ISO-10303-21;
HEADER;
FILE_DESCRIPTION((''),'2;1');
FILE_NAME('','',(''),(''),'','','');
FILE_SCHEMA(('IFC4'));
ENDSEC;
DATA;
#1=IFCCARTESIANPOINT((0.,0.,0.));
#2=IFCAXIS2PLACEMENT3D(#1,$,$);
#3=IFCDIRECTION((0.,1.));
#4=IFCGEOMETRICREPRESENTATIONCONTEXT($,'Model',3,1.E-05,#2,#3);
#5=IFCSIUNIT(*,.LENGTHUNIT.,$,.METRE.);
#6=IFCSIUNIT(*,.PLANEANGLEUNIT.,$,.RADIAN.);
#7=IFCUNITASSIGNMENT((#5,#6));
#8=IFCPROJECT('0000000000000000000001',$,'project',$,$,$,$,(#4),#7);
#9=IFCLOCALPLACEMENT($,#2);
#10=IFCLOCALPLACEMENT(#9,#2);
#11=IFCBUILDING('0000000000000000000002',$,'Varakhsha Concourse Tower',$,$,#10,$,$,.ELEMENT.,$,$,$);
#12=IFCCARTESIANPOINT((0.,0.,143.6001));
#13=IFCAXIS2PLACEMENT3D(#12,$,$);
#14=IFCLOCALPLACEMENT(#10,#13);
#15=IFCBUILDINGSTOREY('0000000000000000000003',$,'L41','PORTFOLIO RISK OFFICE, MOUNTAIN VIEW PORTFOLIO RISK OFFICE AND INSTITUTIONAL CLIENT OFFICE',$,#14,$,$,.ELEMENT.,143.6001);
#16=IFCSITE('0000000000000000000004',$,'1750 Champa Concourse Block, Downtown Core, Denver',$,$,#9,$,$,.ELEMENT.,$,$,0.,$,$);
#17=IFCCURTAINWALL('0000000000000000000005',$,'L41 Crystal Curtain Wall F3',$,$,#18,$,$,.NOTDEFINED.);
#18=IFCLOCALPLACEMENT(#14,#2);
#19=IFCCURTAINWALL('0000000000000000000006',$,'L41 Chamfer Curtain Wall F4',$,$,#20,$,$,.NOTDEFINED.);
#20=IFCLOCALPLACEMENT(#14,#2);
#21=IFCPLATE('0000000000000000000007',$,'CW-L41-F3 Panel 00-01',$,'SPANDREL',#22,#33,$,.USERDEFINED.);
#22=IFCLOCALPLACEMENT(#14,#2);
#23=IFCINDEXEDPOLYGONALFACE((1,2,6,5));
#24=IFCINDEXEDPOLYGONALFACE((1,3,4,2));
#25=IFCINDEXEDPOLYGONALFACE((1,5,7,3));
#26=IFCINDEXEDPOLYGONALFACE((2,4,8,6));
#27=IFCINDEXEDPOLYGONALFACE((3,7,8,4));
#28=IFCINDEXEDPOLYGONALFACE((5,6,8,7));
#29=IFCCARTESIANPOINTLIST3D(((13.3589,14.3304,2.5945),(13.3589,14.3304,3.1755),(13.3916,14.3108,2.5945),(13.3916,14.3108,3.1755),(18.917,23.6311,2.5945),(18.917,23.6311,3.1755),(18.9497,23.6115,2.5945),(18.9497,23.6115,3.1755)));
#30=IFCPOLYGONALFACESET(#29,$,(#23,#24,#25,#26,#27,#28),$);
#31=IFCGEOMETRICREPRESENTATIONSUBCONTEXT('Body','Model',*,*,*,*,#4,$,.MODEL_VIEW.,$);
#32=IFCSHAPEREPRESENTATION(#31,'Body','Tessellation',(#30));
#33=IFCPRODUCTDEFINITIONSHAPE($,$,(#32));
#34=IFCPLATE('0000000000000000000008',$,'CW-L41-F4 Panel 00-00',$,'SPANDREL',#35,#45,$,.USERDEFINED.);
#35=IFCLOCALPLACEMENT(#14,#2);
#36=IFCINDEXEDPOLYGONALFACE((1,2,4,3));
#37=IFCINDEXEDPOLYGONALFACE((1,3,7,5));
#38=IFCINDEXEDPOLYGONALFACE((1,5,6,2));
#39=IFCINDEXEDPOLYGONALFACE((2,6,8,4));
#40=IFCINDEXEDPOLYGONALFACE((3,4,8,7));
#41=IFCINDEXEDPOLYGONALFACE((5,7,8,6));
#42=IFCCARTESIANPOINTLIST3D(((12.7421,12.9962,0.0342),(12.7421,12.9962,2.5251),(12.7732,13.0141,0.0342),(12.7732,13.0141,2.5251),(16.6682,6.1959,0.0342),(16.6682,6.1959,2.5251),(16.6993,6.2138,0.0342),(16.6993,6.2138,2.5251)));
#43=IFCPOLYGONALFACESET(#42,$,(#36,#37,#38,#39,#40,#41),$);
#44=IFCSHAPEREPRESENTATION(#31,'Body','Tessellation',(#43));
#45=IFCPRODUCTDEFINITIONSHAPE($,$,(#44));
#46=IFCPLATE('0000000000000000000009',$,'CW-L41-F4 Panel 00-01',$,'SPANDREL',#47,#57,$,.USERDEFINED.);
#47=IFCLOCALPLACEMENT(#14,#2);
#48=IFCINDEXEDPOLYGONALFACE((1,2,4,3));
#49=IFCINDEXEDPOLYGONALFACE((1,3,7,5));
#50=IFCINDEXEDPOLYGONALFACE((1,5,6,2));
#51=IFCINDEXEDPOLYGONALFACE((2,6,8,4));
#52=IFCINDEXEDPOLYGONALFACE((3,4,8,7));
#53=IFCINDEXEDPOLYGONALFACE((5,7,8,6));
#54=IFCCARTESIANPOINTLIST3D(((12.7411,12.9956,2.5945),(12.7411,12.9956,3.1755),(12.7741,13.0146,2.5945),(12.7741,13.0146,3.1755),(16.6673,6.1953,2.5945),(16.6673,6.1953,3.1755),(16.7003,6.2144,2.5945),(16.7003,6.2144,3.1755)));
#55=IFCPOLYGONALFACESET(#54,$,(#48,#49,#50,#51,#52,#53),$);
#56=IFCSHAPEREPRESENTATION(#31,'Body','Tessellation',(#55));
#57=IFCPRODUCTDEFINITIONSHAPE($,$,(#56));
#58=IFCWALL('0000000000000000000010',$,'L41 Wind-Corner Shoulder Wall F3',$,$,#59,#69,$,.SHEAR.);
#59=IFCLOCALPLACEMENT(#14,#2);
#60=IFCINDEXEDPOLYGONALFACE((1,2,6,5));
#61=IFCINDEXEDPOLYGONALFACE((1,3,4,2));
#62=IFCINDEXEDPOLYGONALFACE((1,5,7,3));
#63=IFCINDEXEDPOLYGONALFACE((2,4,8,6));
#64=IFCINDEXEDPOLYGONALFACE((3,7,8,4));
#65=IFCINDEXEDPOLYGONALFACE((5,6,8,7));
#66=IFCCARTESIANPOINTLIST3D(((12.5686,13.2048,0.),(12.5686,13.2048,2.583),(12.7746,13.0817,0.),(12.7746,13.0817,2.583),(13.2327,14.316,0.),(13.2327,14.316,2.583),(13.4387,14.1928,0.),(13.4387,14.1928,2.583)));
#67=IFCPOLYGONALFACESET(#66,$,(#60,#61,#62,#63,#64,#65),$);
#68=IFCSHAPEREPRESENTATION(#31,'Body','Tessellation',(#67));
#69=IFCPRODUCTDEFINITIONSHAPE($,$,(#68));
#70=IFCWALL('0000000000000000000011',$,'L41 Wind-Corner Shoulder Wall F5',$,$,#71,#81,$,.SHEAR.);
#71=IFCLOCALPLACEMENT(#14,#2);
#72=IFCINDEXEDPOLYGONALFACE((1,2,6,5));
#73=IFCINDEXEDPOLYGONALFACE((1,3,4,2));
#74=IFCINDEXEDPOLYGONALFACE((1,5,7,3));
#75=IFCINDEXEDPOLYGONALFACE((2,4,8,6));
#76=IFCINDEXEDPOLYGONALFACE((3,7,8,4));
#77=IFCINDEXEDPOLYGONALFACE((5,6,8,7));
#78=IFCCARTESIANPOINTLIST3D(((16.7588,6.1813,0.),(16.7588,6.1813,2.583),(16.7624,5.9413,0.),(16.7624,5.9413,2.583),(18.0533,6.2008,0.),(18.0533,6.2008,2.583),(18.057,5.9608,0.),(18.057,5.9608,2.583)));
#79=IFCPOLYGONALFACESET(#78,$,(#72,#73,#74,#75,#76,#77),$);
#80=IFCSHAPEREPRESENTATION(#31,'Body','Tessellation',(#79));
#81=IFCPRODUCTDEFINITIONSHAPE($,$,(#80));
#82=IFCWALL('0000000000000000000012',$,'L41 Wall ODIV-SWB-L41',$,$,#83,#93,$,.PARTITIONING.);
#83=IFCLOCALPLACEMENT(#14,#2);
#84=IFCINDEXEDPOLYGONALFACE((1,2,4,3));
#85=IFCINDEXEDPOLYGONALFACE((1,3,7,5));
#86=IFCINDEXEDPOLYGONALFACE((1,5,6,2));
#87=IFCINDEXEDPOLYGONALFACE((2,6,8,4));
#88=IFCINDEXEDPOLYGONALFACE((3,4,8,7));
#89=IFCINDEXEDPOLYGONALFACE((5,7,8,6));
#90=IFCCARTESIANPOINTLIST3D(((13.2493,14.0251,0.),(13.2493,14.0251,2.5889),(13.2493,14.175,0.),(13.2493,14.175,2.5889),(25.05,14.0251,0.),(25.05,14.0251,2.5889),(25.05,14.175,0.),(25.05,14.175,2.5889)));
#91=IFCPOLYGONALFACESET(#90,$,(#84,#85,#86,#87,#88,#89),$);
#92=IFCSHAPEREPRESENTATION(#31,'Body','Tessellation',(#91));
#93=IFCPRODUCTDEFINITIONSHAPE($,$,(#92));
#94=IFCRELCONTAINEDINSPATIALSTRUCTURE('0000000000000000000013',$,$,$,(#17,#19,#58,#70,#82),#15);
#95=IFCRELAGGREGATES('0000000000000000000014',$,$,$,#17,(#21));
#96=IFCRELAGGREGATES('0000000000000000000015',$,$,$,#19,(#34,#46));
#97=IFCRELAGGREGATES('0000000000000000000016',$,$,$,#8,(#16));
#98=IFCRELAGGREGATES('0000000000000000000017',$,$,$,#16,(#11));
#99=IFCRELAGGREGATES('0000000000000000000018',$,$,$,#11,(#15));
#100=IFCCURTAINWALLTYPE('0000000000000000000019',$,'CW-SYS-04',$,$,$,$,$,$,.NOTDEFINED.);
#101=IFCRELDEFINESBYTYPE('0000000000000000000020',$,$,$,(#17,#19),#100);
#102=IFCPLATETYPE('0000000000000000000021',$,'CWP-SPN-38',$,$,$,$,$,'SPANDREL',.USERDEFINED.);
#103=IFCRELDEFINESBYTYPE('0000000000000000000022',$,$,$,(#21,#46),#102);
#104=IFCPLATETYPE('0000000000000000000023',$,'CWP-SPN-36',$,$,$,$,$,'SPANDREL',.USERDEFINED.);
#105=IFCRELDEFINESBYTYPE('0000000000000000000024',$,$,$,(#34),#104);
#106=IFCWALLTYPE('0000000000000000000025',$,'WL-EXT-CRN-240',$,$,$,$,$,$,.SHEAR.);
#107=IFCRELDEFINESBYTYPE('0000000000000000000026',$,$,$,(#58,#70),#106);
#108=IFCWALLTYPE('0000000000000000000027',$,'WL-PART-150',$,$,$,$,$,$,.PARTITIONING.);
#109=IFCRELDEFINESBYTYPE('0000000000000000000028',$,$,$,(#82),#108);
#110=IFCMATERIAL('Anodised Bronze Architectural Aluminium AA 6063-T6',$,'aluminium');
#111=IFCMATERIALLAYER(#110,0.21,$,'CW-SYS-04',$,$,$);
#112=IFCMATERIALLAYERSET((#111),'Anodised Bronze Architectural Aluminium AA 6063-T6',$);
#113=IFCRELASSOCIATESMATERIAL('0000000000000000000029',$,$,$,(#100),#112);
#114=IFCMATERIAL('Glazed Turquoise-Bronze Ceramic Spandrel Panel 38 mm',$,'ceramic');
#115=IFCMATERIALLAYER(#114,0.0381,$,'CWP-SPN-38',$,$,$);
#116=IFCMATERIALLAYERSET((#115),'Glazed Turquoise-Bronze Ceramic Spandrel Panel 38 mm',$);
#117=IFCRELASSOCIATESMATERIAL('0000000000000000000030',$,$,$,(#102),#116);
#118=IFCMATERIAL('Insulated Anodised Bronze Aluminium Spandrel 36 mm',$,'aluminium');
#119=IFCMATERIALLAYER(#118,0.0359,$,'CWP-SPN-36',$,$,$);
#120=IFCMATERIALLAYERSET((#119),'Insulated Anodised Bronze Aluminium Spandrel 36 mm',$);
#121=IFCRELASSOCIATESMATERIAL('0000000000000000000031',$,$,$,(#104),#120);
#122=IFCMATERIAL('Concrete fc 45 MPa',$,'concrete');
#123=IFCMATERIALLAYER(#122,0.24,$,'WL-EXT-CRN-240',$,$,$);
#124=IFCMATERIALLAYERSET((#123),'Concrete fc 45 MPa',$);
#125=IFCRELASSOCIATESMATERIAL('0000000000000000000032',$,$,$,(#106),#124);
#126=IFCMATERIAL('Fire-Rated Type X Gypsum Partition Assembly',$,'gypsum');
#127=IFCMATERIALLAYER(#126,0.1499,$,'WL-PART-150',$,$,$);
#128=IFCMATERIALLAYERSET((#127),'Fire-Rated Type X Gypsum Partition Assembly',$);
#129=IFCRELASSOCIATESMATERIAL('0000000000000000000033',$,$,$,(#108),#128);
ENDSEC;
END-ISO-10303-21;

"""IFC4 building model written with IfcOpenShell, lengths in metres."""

from ifc_helpers import new_model, si_unit, direction, frame, frame_2d, origin, origin_2d, place, context, subcontext, project, spatial, rectangle, extrude, source, transform, mapped, material, layer, layer_set, type_object, type_shapes, element, aggregate, save


model = new_model("IFC4")

# Units and contexts
model_context = context("Model", 3, precision=1e-05, world=origin(), true_north=direction((0.0, 1.0)))
body_context = subcontext(model_context, "Body", "Model", "MODEL_VIEW")
ifc_project = project(units=[si_unit("LENGTHUNIT", "METRE"), si_unit("PLANEANGLEUNIT", "RADIAN")], contexts=[model_context])

# Site, building, storey
site_placement = place(None, origin())
site = spatial("IfcSite", under=ifc_project, at=site_placement, Name="1750 Champa Concourse Block, Downtown Core, Denver", CompositionType="ELEMENT", RefElevation=0.0)
building_placement = place(site_placement, origin())
building = spatial("IfcBuilding", under=site, at=building_placement, Name="Varakhsha Concourse Tower", CompositionType="ELEMENT")
storey_placement = place(building_placement, frame((0.0, 0.0, 143.6001)))
storey = spatial("IfcBuildingStorey", under=building, at=storey_placement, Name="L41", Description="PORTFOLIO RISK OFFICE, MOUNTAIN VIEW PORTFOLIO RISK OFFICE AND INSTITUTIONAL CLIENT OFFICE", CompositionType="ELEMENT", Elevation=143.6001)

# Curtain wall
ifc_material_1 = material(Name="Anodised Bronze Architectural Aluminium AA 6063-T6", Category="aluminium")
ifc_layer_1 = layer(ifc_material_1, 0.21, Name="CW-SYS-04")
ifc_layer_set_1 = layer_set([ifc_layer_1], Name="Anodised Bronze Architectural Aluminium AA 6063-T6")
curtain_wall_type = type_object("IfcCurtainWallType", Name="CW-SYS-04", PredefinedType="NOTDEFINED", material=ifc_layer_set_1)
curtain_wall_1_placement = place(storey_placement, origin())
curtain_wall_1 = element("IfcCurtainWall", 1, at=curtain_wall_1_placement, inside=storey, type_object=curtain_wall_type, Name="L41 Crystal Curtain Wall F3", PredefinedType="NOTDEFINED")

# Curtain wall
curtain_wall_2_placement = place(storey_placement, origin())
curtain_wall_2 = element("IfcCurtainWall", 2, at=curtain_wall_2_placement, inside=storey, type_object=curtain_wall_type, Name="L41 Chamfer Curtain Wall F4", PredefinedType="NOTDEFINED")

# Shared definitions
ifc_material_2 = material(Name="Concrete fc 45 MPa", Category="concrete")

# Plates
ifc_material_3 = material(Name="Glazed Turquoise-Bronze Ceramic Spandrel Panel 38 mm", Category="ceramic")
ifc_layer_2 = layer(ifc_material_3, 0.0381, Name="CWP-SPN-38")
ifc_layer_set_2 = layer_set([ifc_layer_2], Name="Glazed Turquoise-Bronze Ceramic Spandrel Panel 38 mm")
plate_type_1 = type_object("IfcPlateType", Name="CWP-SPN-38", ElementType="SPANDREL", PredefinedType="USERDEFINED", material=ifc_layer_set_2)
shared_shape_1 = source(origin(), body_context, "Body", "SweptSolid", [
    extrude(rectangle(XDim=10.835, YDim=0.0381, at=origin_2d()), origin(), (0.0, 0.0, 1.0), 0.5811),
])
plate_1_placement = place(storey_placement, frame((16.1543, 18.9709, 2.5945), z_axis=(0.0, 0.0, 1.0), x_axis=(0.512984, 0.858398, 0.0)))
plate_1 = element("IfcPlate", 3, at=plate_1_placement, type_object=plate_type_1, Name="CW-L41-F3 Panel 00-01", ObjectType="SPANDREL", PredefinedType="USERDEFINED", context=body_context, shape_type="MappedRepresentation", body=[
    mapped(shared_shape_1, transform((0.0, 0.0, 0.0), scale=1.0)),
])
aggregate(curtain_wall_1, [plate_1])
ifc_material_4 = material(Name="Insulated Anodised Bronze Aluminium Spandrel 36 mm", Category="aluminium")
ifc_layer_3 = layer(ifc_material_4, 0.0359, Name="CWP-SPN-36")
ifc_layer_set_3 = layer_set([ifc_layer_3], Name="Insulated Anodised Bronze Aluminium Spandrel 36 mm")
plate_type_2 = type_object("IfcPlateType", Name="CWP-SPN-36", ElementType="SPANDREL", PredefinedType="USERDEFINED", material=ifc_layer_set_3)
shared_shape_2 = source(origin(), body_context, "Body", "SweptSolid", [
    extrude(rectangle(XDim=7.8523, YDim=0.0359, at=origin_2d()), origin(), (0.0, 0.0, 1.0), 2.491),
])
type_shapes(plate_type_2, [shared_shape_2])
plate_2_placement = place(storey_placement, frame((14.7207, 9.605, 0.0342), z_axis=(0.0, 0.0, 1.0), x_axis=(-0.5, 0.866025, 0.0)))
plate_2 = element("IfcPlate", 4, at=plate_2_placement, type_object=plate_type_2, Name="CW-L41-F4 Panel 00-00", ObjectType="SPANDREL", PredefinedType="USERDEFINED", context=body_context, shape_type="MappedRepresentation", body=[
    mapped(shared_shape_2, transform((0.0, 0.0, 0.0), scale=1.0)),
])
shared_shape_3 = source(origin(), body_context, "Body", "SweptSolid", [
    extrude(rectangle(XDim=7.8523, YDim=0.0381, at=origin_2d()), origin(), (0.0, 0.0, 1.0), 0.5811),
])
type_shapes(plate_type_1, [shared_shape_1, shared_shape_3])
plate_3_placement = place(storey_placement, frame((14.7207, 9.605, 2.5945), z_axis=(0.0, 0.0, 1.0), x_axis=(-0.5, 0.866025, 0.0)))
plate_3 = element("IfcPlate", 5, at=plate_3_placement, type_object=plate_type_1, Name="CW-L41-F4 Panel 00-01", ObjectType="SPANDREL", PredefinedType="USERDEFINED", context=body_context, shape_type="MappedRepresentation", body=[
    mapped(shared_shape_3, transform((0.0, 0.0, 0.0), scale=1.0)),
])
aggregate(curtain_wall_2, [plate_2, plate_3])

# Walls
ifc_layer_4 = layer(ifc_material_2, 0.24, Name="WL-EXT-CRN-240")
ifc_layer_set_4 = layer_set([ifc_layer_4], Name="Concrete fc 45 MPa")
wall_type_1 = type_object("IfcWallType", Name="WL-EXT-CRN-240", PredefinedType="SHEAR", material=ifc_layer_set_4)
wall_1_placement = place(storey_placement, frame((13.3357, 14.2544, 0.0), z_axis=(0.0, 0.0, 1.0), x_axis=(-0.513025, -0.858374, 0.0)))
element("IfcWall", 6, at=wall_1_placement, inside=storey, type_object=wall_type_1, Name="L41 Wind-Corner Shoulder Wall F3", PredefinedType="SHEAR", context=body_context, shape_type="SweptSolid", body=[
    extrude(rectangle(XDim=1.2944, YDim=0.24, at=frame_2d((0.6472, 0.0))), origin(), (0.0, 0.0, 1.0), 2.583),
])
wall_2_placement = place(storey_placement, frame((16.7605, 6.0613, 0.0), z_axis=(0.0, 0.0, 1.0), x_axis=(0.999886, 0.015087, 0.0)))
element("IfcWall", 7, at=wall_2_placement, inside=storey, type_object=wall_type_1, Name="L41 Wind-Corner Shoulder Wall F5", PredefinedType="SHEAR", context=body_context, shape_type="SweptSolid", body=[
    extrude(rectangle(XDim=1.2947, YDim=0.24, at=frame_2d((0.6475, 0.0))), origin(), (0.0, 0.0, 1.0), 2.583),
])
ifc_material_5 = material(Name="Fire-Rated Type X Gypsum Partition Assembly", Category="gypsum")
ifc_layer_5 = layer(ifc_material_5, 0.1499, Name="WL-PART-150")
ifc_layer_set_5 = layer_set([ifc_layer_5], Name="Fire-Rated Type X Gypsum Partition Assembly")
wall_type_2 = type_object("IfcWallType", Name="WL-PART-150", PredefinedType="PARTITIONING", material=ifc_layer_set_5)
wall_3_placement = place(storey_placement, frame((13.2493, 14.1001, 0.0), z_axis=(0.0, 0.0, 1.0), x_axis=(1.0, 0.0, 0.0)))
element("IfcWall", 8, at=wall_3_placement, inside=storey, type_object=wall_type_2, Name="L41 Wall ODIV-SWB-L41", PredefinedType="PARTITIONING", context=body_context, shape_type="SweptSolid", body=[
    extrude(rectangle(XDim=11.8008, YDim=0.1499, at=frame_2d((5.9004, 0.0))), origin(), (0.0, 0.0, 1.0), 2.5889),
])

save(model, "model.ifc")
